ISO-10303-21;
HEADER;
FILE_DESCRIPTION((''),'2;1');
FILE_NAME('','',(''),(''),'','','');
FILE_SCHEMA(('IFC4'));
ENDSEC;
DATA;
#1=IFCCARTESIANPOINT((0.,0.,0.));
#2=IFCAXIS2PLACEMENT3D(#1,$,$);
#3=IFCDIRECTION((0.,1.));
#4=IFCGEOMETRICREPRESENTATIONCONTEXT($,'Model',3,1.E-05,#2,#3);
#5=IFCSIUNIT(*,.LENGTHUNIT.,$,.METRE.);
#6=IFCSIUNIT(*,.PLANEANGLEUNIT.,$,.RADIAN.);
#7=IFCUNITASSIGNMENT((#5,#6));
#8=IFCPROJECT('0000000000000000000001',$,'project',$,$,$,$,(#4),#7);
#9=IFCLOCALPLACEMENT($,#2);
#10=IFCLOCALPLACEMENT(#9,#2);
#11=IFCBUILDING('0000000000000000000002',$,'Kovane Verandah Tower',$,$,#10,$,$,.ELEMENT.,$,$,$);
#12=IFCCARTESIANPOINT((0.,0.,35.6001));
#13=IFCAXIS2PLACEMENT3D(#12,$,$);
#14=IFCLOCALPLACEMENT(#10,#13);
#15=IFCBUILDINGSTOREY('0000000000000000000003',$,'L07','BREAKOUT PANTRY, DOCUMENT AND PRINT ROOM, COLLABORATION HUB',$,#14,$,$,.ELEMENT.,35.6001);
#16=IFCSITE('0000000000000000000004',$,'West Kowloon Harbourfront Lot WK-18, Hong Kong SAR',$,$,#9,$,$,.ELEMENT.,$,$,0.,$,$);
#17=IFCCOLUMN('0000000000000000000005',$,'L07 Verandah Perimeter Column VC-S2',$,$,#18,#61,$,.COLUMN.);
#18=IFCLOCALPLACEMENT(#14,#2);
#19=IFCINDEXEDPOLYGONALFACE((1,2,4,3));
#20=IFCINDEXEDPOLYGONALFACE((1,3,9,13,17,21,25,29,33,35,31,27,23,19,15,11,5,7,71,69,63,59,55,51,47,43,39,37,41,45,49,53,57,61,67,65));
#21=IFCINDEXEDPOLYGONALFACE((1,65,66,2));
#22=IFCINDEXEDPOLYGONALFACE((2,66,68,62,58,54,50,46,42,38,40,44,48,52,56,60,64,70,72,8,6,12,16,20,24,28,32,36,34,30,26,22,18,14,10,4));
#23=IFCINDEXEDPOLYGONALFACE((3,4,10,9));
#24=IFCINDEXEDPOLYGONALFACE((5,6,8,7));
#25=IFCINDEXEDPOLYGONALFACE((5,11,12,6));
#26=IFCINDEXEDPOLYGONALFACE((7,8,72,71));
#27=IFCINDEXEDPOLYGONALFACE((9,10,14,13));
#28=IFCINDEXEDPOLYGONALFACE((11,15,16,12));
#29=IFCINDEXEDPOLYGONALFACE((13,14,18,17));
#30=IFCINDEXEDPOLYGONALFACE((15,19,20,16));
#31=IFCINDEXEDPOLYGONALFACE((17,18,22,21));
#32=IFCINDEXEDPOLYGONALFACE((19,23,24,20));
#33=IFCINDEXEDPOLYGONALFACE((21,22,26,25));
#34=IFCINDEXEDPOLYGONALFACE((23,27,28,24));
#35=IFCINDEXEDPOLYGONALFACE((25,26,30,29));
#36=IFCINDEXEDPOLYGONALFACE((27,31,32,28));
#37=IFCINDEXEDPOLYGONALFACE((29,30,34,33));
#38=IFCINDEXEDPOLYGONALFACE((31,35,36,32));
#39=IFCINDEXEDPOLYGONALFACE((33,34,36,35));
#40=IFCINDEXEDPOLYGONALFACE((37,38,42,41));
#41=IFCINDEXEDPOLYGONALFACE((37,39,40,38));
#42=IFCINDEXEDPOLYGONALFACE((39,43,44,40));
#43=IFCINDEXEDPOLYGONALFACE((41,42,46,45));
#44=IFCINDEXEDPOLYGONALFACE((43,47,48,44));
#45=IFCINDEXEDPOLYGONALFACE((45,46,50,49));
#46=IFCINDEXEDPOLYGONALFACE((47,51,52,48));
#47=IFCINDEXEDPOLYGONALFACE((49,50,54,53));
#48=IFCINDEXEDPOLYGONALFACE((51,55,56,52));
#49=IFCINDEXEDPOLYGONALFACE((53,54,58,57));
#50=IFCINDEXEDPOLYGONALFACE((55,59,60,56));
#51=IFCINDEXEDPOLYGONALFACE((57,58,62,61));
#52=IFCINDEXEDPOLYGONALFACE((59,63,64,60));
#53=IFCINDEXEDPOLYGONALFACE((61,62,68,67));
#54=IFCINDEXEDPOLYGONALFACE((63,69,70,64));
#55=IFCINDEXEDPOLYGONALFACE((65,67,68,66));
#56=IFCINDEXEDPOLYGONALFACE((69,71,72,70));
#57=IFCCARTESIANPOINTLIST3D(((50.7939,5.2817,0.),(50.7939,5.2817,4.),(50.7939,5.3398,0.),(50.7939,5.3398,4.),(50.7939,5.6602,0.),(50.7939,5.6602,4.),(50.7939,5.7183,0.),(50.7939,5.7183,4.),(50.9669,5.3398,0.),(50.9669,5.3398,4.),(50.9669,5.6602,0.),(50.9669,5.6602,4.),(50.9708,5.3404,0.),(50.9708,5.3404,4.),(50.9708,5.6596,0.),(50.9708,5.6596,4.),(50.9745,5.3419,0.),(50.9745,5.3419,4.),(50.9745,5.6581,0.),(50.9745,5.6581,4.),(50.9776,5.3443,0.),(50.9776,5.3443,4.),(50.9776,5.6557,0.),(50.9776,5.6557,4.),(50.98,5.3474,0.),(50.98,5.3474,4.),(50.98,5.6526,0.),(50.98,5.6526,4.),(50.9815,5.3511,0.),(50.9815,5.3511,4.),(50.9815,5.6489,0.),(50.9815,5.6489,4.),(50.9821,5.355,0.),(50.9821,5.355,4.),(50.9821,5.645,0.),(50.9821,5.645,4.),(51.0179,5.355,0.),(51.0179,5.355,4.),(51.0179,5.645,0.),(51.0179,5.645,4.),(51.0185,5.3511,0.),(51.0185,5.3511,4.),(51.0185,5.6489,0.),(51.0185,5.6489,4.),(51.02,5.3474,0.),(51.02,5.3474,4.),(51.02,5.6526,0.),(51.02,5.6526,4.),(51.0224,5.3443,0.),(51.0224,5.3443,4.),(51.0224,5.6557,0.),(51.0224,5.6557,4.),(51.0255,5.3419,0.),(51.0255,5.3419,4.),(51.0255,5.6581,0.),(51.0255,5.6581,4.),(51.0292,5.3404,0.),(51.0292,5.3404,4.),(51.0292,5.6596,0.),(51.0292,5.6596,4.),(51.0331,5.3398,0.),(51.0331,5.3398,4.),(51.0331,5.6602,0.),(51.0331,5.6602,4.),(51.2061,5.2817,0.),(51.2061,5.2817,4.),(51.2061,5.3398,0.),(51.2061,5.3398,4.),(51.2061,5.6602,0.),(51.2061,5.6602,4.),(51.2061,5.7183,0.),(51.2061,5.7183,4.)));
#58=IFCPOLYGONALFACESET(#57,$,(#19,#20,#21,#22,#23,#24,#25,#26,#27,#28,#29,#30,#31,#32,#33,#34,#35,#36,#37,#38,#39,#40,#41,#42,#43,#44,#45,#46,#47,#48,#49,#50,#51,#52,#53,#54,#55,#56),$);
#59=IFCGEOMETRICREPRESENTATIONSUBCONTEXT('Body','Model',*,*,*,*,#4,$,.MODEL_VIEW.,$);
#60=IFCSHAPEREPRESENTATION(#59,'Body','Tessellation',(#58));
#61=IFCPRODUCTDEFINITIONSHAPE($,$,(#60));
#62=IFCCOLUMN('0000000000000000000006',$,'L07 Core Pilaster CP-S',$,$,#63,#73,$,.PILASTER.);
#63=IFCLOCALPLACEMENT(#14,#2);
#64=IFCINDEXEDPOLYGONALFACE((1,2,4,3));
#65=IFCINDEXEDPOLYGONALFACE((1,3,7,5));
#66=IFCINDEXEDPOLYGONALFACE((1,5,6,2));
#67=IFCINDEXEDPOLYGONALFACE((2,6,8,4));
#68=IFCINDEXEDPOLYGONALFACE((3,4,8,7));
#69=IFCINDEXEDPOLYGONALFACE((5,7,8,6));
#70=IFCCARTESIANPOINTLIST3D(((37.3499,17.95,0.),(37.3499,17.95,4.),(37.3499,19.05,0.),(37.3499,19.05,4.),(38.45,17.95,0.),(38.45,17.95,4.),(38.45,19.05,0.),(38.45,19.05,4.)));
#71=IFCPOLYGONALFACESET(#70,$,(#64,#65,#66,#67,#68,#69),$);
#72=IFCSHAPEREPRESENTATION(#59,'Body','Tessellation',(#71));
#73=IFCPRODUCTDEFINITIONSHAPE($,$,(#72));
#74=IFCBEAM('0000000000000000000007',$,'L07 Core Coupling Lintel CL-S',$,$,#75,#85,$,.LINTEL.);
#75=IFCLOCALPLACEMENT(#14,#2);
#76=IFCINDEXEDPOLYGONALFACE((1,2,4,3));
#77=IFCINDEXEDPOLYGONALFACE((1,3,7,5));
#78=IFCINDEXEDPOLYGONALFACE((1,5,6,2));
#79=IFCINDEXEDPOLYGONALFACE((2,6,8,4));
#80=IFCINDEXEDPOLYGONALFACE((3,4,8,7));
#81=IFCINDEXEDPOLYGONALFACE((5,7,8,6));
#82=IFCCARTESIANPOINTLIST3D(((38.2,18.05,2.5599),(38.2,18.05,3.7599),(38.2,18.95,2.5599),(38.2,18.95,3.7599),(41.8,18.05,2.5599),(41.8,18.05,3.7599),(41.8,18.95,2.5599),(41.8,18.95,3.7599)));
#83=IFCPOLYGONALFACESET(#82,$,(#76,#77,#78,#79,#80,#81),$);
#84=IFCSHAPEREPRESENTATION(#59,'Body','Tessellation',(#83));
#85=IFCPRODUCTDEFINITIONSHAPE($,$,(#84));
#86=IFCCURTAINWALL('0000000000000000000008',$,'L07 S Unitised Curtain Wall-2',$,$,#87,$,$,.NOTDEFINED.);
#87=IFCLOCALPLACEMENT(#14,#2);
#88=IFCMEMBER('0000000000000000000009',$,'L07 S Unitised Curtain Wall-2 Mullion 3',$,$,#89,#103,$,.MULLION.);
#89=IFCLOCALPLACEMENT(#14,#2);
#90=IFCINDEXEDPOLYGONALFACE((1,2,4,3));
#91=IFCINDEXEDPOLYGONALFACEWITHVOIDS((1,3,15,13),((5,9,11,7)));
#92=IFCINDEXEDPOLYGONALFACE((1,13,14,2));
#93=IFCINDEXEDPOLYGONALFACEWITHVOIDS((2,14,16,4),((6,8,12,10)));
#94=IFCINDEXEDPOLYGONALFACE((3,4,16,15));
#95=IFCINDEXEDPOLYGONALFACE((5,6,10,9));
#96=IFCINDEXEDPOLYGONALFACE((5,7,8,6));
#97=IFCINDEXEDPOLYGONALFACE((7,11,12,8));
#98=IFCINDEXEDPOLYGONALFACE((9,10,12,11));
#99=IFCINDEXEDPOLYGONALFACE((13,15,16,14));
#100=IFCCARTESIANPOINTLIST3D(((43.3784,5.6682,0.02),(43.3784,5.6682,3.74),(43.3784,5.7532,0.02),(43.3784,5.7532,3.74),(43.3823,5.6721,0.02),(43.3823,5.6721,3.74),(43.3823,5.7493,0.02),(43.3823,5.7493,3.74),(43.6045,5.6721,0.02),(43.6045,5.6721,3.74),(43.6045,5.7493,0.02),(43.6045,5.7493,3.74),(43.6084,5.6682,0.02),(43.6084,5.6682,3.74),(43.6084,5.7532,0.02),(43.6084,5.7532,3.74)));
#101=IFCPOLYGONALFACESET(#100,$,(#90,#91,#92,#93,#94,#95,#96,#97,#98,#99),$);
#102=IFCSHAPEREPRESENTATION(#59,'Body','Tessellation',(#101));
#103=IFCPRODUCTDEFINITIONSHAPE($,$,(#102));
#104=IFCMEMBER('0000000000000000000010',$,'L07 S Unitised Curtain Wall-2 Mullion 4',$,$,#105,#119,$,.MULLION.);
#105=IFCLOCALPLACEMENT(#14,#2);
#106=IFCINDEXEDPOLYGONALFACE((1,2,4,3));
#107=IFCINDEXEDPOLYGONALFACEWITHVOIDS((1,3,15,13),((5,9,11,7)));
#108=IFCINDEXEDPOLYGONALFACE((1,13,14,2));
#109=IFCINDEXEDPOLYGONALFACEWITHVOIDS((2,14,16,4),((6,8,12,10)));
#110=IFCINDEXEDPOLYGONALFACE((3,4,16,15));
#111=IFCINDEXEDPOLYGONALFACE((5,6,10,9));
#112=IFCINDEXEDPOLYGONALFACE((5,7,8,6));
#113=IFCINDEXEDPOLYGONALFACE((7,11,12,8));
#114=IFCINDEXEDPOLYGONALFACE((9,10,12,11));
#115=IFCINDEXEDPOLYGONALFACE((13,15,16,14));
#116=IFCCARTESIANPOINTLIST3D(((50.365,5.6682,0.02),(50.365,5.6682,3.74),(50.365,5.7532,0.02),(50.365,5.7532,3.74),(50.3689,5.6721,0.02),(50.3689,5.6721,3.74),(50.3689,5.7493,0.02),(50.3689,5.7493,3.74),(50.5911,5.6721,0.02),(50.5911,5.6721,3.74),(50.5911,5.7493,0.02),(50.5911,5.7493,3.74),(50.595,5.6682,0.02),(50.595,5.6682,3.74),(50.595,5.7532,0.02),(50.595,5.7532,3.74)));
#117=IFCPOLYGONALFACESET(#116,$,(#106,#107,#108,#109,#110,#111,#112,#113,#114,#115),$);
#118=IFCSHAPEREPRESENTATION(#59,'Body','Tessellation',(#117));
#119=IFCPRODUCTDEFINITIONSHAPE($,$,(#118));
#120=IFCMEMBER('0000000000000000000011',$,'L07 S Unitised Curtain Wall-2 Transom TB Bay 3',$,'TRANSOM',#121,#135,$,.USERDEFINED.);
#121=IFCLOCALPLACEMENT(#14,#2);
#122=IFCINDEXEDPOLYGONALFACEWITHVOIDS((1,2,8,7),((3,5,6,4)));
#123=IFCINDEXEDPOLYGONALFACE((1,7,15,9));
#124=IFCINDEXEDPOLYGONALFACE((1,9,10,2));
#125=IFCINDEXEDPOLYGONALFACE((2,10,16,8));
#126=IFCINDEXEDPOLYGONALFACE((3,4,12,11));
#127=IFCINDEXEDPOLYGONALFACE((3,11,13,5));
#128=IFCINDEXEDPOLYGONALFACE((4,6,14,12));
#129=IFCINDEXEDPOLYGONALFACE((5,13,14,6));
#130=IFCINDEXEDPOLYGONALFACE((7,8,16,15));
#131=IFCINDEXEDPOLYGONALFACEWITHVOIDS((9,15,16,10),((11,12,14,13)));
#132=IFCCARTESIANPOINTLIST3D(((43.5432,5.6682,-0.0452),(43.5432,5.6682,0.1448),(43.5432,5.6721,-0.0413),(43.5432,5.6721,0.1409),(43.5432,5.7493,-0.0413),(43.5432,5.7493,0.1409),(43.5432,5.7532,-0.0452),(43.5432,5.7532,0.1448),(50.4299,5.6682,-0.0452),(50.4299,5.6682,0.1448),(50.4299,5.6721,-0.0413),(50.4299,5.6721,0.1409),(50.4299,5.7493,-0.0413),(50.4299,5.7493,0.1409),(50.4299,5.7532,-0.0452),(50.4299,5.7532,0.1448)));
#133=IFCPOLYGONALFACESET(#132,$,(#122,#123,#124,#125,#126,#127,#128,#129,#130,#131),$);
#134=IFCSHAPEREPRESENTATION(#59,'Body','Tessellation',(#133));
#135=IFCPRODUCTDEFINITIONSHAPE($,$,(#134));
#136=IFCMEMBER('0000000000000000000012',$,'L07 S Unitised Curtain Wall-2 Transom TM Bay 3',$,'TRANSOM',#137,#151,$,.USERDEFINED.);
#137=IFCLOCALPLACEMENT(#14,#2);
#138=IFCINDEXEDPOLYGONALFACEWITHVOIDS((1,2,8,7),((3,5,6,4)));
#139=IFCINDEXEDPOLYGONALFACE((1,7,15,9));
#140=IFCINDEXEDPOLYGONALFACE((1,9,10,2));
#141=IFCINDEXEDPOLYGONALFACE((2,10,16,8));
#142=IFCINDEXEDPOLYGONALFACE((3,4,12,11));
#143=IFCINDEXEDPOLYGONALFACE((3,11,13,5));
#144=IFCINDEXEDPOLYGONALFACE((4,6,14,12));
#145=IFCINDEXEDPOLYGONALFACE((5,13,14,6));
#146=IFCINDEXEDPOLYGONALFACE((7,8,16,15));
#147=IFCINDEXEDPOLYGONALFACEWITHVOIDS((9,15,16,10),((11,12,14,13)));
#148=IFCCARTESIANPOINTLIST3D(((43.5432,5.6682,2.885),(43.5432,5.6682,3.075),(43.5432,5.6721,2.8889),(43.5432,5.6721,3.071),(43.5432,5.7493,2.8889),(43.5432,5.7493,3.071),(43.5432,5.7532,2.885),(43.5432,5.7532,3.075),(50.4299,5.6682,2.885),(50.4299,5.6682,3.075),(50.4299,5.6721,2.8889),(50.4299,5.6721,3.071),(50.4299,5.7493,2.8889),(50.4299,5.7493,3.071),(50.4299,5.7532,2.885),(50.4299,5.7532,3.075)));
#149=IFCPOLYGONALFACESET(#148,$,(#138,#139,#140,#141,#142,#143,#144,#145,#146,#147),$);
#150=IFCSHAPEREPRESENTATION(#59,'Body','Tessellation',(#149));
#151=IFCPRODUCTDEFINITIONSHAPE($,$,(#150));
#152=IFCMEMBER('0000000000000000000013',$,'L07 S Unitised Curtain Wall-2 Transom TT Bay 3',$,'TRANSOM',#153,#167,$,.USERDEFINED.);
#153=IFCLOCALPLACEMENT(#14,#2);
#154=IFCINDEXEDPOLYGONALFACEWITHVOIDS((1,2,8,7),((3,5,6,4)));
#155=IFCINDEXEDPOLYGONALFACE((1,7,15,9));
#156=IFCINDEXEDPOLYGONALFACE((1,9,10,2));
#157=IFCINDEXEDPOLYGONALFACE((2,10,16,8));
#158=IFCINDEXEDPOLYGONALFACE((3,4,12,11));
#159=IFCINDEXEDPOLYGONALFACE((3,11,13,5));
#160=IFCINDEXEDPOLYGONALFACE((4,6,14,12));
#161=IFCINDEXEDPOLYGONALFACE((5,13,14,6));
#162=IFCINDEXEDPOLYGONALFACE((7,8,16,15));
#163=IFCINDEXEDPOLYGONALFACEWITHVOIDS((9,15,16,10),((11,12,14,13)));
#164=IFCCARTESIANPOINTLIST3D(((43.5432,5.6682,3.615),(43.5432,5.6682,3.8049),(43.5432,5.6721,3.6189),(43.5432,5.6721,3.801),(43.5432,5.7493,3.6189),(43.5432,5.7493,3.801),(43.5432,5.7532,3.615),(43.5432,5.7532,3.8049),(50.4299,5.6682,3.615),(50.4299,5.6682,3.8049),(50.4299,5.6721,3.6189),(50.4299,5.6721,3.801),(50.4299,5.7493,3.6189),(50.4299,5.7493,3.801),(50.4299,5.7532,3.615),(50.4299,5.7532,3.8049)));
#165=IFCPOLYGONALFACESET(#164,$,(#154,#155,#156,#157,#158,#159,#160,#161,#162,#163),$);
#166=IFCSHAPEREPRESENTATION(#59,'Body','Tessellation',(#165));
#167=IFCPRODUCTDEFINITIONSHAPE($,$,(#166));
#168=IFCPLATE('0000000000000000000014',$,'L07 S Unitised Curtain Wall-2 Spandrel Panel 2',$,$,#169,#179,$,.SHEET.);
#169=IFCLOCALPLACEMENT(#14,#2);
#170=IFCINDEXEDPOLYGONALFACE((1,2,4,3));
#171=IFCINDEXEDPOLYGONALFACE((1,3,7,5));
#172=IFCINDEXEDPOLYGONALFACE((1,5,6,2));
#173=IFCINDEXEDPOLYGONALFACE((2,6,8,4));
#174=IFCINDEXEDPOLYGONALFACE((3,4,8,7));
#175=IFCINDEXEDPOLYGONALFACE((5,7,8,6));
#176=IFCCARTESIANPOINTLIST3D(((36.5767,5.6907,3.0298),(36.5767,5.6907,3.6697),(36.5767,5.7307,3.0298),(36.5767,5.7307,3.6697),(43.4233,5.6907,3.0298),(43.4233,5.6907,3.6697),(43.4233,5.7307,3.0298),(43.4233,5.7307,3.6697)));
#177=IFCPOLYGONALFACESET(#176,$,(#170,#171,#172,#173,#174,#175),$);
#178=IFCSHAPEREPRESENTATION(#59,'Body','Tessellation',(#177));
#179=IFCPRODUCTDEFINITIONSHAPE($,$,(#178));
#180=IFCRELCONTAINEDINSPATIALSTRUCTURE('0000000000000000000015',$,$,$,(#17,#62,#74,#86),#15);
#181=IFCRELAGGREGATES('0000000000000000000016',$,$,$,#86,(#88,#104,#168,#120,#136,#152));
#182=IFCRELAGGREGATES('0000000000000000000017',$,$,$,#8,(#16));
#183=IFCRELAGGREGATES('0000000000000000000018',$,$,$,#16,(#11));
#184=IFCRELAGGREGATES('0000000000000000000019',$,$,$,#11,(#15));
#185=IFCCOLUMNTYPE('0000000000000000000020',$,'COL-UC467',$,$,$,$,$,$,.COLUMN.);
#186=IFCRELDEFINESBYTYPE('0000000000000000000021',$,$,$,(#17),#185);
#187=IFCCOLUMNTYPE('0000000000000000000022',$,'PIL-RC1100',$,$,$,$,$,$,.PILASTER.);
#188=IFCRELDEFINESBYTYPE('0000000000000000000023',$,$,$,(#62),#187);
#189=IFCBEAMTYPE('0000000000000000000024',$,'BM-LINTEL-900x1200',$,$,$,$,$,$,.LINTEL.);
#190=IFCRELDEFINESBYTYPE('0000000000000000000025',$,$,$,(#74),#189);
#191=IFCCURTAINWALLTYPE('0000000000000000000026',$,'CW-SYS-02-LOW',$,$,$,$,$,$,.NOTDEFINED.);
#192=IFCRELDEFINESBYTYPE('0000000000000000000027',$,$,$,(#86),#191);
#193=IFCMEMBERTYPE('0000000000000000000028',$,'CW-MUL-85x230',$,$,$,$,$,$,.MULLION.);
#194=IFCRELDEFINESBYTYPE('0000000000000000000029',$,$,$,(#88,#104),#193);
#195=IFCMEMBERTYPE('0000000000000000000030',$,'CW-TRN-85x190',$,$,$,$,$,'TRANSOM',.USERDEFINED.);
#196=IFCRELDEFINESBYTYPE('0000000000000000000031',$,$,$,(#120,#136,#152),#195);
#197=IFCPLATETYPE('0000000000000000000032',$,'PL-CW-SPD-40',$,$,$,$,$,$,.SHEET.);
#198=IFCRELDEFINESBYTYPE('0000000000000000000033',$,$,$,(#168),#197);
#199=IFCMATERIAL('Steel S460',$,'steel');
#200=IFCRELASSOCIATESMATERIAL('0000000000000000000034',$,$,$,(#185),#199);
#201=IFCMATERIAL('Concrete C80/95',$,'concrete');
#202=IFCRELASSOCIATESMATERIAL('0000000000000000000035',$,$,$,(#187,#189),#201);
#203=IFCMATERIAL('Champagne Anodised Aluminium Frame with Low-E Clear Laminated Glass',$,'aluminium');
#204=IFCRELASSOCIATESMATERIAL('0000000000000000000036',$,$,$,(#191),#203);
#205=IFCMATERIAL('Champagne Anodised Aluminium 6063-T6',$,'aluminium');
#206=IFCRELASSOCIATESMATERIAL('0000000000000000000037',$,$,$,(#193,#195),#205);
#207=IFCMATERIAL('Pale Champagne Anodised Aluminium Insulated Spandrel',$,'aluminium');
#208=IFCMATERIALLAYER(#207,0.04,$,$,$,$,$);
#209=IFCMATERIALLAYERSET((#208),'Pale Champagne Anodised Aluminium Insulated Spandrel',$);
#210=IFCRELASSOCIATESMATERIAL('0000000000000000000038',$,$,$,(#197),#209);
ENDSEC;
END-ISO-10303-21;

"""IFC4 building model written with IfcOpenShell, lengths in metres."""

from ifc_helpers import new_model, si_unit, direction, frame, origin, origin_2d, place, context, subcontext, project, spatial, rectangle, hollow_rectangle, i_section, extrude, material, layer, layer_set, material_profile, profile_set, type_object, element, aggregate, save


model = new_model("IFC4")

# Units and contexts
model_context = context("Model", 3, precision=1e-05, world=origin(), true_north=direction((0.0, 1.0)))
body_context = subcontext(model_context, "Body", "Model", "MODEL_VIEW")
ifc_project = project(units=[si_unit("LENGTHUNIT", "METRE"), si_unit("PLANEANGLEUNIT", "RADIAN")], contexts=[model_context])

# Site, building, storey
site_placement = place(None, origin())
site = spatial("IfcSite", under=ifc_project, at=site_placement, Name="West Kowloon Harbourfront Lot WK-18, Hong Kong SAR", CompositionType="ELEMENT", RefElevation=0.0)
building_placement = place(site_placement, origin())
building = spatial("IfcBuilding", under=site, at=building_placement, Name="Kovane Verandah Tower", CompositionType="ELEMENT")
storey_placement = place(building_placement, frame((0.0, 0.0, 35.6001)))
storey = spatial("IfcBuildingStorey", under=building, at=storey_placement, Name="L07", Description="BREAKOUT PANTRY, DOCUMENT AND PRINT ROOM, COLLABORATION HUB", CompositionType="ELEMENT", Elevation=35.6001)

# Columns
ifc_material_1 = material(Name="Steel S460", Category="steel")
ifc_material_profile_1 = material_profile(ifc_material_1, i_section(OverallWidth=0.4121, OverallDepth=0.4365, WebThickness=0.0359, FlangeThickness=0.0581, FilletRadius=0.0151, at=origin_2d()), Name="UC356x406x467")
ifc_profile_set_1 = profile_set([ifc_material_profile_1], Name="Steel S460")
column_type_1 = type_object("IfcColumnType", Name="COL-UC467", PredefinedType="COLUMN", material=ifc_profile_set_1)
column_1_placement = place(storey_placement, frame((51.0, 5.5, 0.0), z_axis=(0.0, 0.0, 1.0), x_axis=(1.0, 0.0, 0.0)))
element("IfcColumn", 1, at=column_1_placement, inside=storey, type_object=column_type_1, Name="L07 Verandah Perimeter Column VC-S2", PredefinedType="COLUMN", context=body_context, shape_type="SweptSolid", body=[
    extrude(i_section(OverallWidth=0.4121, OverallDepth=0.4365, WebThickness=0.0359, FlangeThickness=0.0581, FilletRadius=0.0151, at=origin_2d()), origin(), (0.0, 0.0, 1.0), 4.0),
])
ifc_material_2 = material(Name="Concrete C80/95", Category="concrete")
ifc_material_profile_2 = material_profile(ifc_material_2, rectangle(XDim=1.1001, YDim=1.1001, at=origin_2d()), Name="RC1100x1100")
ifc_profile_set_2 = profile_set([ifc_material_profile_2], Name="Concrete C80/95")
column_type_2 = type_object("IfcColumnType", Name="PIL-RC1100", PredefinedType="PILASTER", material=ifc_profile_set_2)
column_2_placement = place(storey_placement, frame((37.8999, 18.5, 0.0), z_axis=(0.0, 0.0, 1.0), x_axis=(1.0, 0.0, 0.0)))
element("IfcColumn", 2, at=column_2_placement, inside=storey, type_object=column_type_2, Name="L07 Core Pilaster CP-S", PredefinedType="PILASTER", context=body_context, shape_type="SweptSolid", body=[
    extrude(rectangle(XDim=1.1001, YDim=1.1001, at=origin_2d()), origin(), (0.0, 0.0, 1.0), 4.0),
])

# Beam
ifc_material_profile_3 = material_profile(ifc_material_2, rectangle(XDim=0.8999, YDim=1.2, at=origin_2d()), Name="RCB900x1200")
ifc_profile_set_3 = profile_set([ifc_material_profile_3], Name="Concrete C80/95")
beam_type = type_object("IfcBeamType", Name="BM-LINTEL-900x1200", PredefinedType="LINTEL", material=ifc_profile_set_3)
beam_placement = place(storey_placement, frame((38.2, 18.5, 3.1599), z_axis=(1.0, 0.0, 0.0), x_axis=(0.0, 1.0, 0.0)))
element("IfcBeam", 3, at=beam_placement, inside=storey, type_object=beam_type, Name="L07 Core Coupling Lintel CL-S", PredefinedType="LINTEL", context=body_context, shape_type="SweptSolid", body=[
    extrude(rectangle(XDim=0.8999, YDim=1.2, at=origin_2d()), origin(), (0.0, 0.0, 1.0), 3.6001),
])

# Curtain wall, members, plate
ifc_material_3 = material(Name="Champagne Anodised Aluminium Frame with Low-E Clear Laminated Glass", Category="aluminium")
curtain_wall_type = type_object("IfcCurtainWallType", Name="CW-SYS-02-LOW", PredefinedType="NOTDEFINED", material=ifc_material_3)
curtain_wall_placement = place(storey_placement, origin())
curtain_wall = element("IfcCurtainWall", 4, at=curtain_wall_placement, inside=storey, type_object=curtain_wall_type, Name="L07 S Unitised Curtain Wall-2", PredefinedType="NOTDEFINED")
ifc_material_4 = material(Name="Champagne Anodised Aluminium 6063-T6", Category="aluminium")
ifc_material_profile_4 = material_profile(ifc_material_4, hollow_rectangle(XDim=0.085, YDim=0.23, WallThickness=0.0039, at=origin_2d()), Name="AL85x230x4")
ifc_profile_set_4 = profile_set([ifc_material_profile_4], Name="Champagne Anodised Aluminium 6063-T6")
member_type_1 = type_object("IfcMemberType", Name="CW-MUL-85x230", PredefinedType="MULLION", material=ifc_profile_set_4)
member_1_placement = place(storey_placement, frame((43.4934, 5.7107, 0.02), z_axis=(0.0, 0.0, 1.0), x_axis=(0.0, -1.0, 0.0)))
member_1 = element("IfcMember", 5, at=member_1_placement, type_object=member_type_1, Name="L07 S Unitised Curtain Wall-2 Mullion 3", PredefinedType="MULLION", context=body_context, shape_type="SweptSolid", body=[
    extrude(hollow_rectangle(XDim=0.085, YDim=0.23, WallThickness=0.0039, at=origin_2d()), origin(), (0.0, 0.0, 1.0), 3.72),
])
member_2_placement = place(storey_placement, frame((50.48, 5.7107, 0.02), z_axis=(0.0, 0.0, 1.0), x_axis=(0.0, -1.0, 0.0)))
member_2 = element("IfcMember", 6, at=member_2_placement, type_object=member_type_1, Name="L07 S Unitised Curtain Wall-2 Mullion 4", PredefinedType="MULLION", context=body_context, shape_type="SweptSolid", body=[
    extrude(hollow_rectangle(XDim=0.085, YDim=0.23, WallThickness=0.0039, at=origin_2d()), origin(), (0.0, 0.0, 1.0), 3.72),
])
ifc_material_profile_5 = material_profile(ifc_material_4, hollow_rectangle(XDim=0.085, YDim=0.1899, WallThickness=0.0039, at=origin_2d()), Name="AL85x190x4")
ifc_profile_set_5 = profile_set([ifc_material_profile_5], Name="Champagne Anodised Aluminium 6063-T6")
member_type_2 = type_object("IfcMemberType", Name="CW-TRN-85x190", ElementType="TRANSOM", PredefinedType="USERDEFINED", material=ifc_profile_set_5)
member_3_placement = place(storey_placement, frame((43.5432, 5.7107, 0.0498), z_axis=(1.0, 0.0, 0.0), x_axis=(0.0, 1.0, 0.0)))
member_3 = element("IfcMember", 7, at=member_3_placement, type_object=member_type_2, Name="L07 S Unitised Curtain Wall-2 Transom TB Bay 3", ObjectType="TRANSOM", PredefinedType="USERDEFINED", context=body_context, shape_type="SweptSolid", body=[
    extrude(hollow_rectangle(XDim=0.085, YDim=0.1899, WallThickness=0.0039, at=origin_2d()), origin(), (0.0, 0.0, 1.0), 6.8867),
])
member_4_placement = place(storey_placement, frame((43.5432, 5.7107, 2.98), z_axis=(1.0, 0.0, 0.0), x_axis=(0.0, 1.0, 0.0)))
member_4 = element("IfcMember", 8, at=member_4_placement, type_object=member_type_2, Name="L07 S Unitised Curtain Wall-2 Transom TM Bay 3", ObjectType="TRANSOM", PredefinedType="USERDEFINED", context=body_context, shape_type="SweptSolid", body=[
    extrude(hollow_rectangle(XDim=0.085, YDim=0.1899, WallThickness=0.0039, at=origin_2d()), origin(), (0.0, 0.0, 1.0), 6.8867),
])
member_5_placement = place(storey_placement, frame((43.5432, 5.7107, 3.71), z_axis=(1.0, 0.0, 0.0), x_axis=(0.0, 1.0, 0.0)))
member_5 = element("IfcMember", 9, at=member_5_placement, type_object=member_type_2, Name="L07 S Unitised Curtain Wall-2 Transom TT Bay 3", ObjectType="TRANSOM", PredefinedType="USERDEFINED", context=body_context, shape_type="SweptSolid", body=[
    extrude(hollow_rectangle(XDim=0.085, YDim=0.1899, WallThickness=0.0039, at=origin_2d()), origin(), (0.0, 0.0, 1.0), 6.8867),
])
ifc_material_5 = material(Name="Pale Champagne Anodised Aluminium Insulated Spandrel", Category="aluminium")
ifc_layer_1 = layer(ifc_material_5, 0.04)
ifc_layer_set_1 = layer_set([ifc_layer_1], Name="Pale Champagne Anodised Aluminium Insulated Spandrel")
plate_type_1 = type_object("IfcPlateType", Name="PL-CW-SPD-40", PredefinedType="SHEET", material=ifc_layer_set_1)
plate_1_placement = place(storey_placement, frame((40.0, 5.7107, 3.0298), z_axis=(0.0, 0.0, 1.0), x_axis=(1.0, 0.0, 0.0)))
plate_1 = element("IfcPlate", 10, at=plate_1_placement, type_object=plate_type_1, Name="L07 S Unitised Curtain Wall-2 Spandrel Panel 2", PredefinedType="SHEET", context=body_context, shape_type="SweptSolid", body=[
    extrude(rectangle(XDim=6.8467, YDim=0.04, at=origin_2d()), origin(), (0.0, 0.0, 1.0), 0.6399),
])
aggregate(curtain_wall, [member_1, member_2, plate_1, member_3, member_4, member_5])

save(model, "model.ifc")
